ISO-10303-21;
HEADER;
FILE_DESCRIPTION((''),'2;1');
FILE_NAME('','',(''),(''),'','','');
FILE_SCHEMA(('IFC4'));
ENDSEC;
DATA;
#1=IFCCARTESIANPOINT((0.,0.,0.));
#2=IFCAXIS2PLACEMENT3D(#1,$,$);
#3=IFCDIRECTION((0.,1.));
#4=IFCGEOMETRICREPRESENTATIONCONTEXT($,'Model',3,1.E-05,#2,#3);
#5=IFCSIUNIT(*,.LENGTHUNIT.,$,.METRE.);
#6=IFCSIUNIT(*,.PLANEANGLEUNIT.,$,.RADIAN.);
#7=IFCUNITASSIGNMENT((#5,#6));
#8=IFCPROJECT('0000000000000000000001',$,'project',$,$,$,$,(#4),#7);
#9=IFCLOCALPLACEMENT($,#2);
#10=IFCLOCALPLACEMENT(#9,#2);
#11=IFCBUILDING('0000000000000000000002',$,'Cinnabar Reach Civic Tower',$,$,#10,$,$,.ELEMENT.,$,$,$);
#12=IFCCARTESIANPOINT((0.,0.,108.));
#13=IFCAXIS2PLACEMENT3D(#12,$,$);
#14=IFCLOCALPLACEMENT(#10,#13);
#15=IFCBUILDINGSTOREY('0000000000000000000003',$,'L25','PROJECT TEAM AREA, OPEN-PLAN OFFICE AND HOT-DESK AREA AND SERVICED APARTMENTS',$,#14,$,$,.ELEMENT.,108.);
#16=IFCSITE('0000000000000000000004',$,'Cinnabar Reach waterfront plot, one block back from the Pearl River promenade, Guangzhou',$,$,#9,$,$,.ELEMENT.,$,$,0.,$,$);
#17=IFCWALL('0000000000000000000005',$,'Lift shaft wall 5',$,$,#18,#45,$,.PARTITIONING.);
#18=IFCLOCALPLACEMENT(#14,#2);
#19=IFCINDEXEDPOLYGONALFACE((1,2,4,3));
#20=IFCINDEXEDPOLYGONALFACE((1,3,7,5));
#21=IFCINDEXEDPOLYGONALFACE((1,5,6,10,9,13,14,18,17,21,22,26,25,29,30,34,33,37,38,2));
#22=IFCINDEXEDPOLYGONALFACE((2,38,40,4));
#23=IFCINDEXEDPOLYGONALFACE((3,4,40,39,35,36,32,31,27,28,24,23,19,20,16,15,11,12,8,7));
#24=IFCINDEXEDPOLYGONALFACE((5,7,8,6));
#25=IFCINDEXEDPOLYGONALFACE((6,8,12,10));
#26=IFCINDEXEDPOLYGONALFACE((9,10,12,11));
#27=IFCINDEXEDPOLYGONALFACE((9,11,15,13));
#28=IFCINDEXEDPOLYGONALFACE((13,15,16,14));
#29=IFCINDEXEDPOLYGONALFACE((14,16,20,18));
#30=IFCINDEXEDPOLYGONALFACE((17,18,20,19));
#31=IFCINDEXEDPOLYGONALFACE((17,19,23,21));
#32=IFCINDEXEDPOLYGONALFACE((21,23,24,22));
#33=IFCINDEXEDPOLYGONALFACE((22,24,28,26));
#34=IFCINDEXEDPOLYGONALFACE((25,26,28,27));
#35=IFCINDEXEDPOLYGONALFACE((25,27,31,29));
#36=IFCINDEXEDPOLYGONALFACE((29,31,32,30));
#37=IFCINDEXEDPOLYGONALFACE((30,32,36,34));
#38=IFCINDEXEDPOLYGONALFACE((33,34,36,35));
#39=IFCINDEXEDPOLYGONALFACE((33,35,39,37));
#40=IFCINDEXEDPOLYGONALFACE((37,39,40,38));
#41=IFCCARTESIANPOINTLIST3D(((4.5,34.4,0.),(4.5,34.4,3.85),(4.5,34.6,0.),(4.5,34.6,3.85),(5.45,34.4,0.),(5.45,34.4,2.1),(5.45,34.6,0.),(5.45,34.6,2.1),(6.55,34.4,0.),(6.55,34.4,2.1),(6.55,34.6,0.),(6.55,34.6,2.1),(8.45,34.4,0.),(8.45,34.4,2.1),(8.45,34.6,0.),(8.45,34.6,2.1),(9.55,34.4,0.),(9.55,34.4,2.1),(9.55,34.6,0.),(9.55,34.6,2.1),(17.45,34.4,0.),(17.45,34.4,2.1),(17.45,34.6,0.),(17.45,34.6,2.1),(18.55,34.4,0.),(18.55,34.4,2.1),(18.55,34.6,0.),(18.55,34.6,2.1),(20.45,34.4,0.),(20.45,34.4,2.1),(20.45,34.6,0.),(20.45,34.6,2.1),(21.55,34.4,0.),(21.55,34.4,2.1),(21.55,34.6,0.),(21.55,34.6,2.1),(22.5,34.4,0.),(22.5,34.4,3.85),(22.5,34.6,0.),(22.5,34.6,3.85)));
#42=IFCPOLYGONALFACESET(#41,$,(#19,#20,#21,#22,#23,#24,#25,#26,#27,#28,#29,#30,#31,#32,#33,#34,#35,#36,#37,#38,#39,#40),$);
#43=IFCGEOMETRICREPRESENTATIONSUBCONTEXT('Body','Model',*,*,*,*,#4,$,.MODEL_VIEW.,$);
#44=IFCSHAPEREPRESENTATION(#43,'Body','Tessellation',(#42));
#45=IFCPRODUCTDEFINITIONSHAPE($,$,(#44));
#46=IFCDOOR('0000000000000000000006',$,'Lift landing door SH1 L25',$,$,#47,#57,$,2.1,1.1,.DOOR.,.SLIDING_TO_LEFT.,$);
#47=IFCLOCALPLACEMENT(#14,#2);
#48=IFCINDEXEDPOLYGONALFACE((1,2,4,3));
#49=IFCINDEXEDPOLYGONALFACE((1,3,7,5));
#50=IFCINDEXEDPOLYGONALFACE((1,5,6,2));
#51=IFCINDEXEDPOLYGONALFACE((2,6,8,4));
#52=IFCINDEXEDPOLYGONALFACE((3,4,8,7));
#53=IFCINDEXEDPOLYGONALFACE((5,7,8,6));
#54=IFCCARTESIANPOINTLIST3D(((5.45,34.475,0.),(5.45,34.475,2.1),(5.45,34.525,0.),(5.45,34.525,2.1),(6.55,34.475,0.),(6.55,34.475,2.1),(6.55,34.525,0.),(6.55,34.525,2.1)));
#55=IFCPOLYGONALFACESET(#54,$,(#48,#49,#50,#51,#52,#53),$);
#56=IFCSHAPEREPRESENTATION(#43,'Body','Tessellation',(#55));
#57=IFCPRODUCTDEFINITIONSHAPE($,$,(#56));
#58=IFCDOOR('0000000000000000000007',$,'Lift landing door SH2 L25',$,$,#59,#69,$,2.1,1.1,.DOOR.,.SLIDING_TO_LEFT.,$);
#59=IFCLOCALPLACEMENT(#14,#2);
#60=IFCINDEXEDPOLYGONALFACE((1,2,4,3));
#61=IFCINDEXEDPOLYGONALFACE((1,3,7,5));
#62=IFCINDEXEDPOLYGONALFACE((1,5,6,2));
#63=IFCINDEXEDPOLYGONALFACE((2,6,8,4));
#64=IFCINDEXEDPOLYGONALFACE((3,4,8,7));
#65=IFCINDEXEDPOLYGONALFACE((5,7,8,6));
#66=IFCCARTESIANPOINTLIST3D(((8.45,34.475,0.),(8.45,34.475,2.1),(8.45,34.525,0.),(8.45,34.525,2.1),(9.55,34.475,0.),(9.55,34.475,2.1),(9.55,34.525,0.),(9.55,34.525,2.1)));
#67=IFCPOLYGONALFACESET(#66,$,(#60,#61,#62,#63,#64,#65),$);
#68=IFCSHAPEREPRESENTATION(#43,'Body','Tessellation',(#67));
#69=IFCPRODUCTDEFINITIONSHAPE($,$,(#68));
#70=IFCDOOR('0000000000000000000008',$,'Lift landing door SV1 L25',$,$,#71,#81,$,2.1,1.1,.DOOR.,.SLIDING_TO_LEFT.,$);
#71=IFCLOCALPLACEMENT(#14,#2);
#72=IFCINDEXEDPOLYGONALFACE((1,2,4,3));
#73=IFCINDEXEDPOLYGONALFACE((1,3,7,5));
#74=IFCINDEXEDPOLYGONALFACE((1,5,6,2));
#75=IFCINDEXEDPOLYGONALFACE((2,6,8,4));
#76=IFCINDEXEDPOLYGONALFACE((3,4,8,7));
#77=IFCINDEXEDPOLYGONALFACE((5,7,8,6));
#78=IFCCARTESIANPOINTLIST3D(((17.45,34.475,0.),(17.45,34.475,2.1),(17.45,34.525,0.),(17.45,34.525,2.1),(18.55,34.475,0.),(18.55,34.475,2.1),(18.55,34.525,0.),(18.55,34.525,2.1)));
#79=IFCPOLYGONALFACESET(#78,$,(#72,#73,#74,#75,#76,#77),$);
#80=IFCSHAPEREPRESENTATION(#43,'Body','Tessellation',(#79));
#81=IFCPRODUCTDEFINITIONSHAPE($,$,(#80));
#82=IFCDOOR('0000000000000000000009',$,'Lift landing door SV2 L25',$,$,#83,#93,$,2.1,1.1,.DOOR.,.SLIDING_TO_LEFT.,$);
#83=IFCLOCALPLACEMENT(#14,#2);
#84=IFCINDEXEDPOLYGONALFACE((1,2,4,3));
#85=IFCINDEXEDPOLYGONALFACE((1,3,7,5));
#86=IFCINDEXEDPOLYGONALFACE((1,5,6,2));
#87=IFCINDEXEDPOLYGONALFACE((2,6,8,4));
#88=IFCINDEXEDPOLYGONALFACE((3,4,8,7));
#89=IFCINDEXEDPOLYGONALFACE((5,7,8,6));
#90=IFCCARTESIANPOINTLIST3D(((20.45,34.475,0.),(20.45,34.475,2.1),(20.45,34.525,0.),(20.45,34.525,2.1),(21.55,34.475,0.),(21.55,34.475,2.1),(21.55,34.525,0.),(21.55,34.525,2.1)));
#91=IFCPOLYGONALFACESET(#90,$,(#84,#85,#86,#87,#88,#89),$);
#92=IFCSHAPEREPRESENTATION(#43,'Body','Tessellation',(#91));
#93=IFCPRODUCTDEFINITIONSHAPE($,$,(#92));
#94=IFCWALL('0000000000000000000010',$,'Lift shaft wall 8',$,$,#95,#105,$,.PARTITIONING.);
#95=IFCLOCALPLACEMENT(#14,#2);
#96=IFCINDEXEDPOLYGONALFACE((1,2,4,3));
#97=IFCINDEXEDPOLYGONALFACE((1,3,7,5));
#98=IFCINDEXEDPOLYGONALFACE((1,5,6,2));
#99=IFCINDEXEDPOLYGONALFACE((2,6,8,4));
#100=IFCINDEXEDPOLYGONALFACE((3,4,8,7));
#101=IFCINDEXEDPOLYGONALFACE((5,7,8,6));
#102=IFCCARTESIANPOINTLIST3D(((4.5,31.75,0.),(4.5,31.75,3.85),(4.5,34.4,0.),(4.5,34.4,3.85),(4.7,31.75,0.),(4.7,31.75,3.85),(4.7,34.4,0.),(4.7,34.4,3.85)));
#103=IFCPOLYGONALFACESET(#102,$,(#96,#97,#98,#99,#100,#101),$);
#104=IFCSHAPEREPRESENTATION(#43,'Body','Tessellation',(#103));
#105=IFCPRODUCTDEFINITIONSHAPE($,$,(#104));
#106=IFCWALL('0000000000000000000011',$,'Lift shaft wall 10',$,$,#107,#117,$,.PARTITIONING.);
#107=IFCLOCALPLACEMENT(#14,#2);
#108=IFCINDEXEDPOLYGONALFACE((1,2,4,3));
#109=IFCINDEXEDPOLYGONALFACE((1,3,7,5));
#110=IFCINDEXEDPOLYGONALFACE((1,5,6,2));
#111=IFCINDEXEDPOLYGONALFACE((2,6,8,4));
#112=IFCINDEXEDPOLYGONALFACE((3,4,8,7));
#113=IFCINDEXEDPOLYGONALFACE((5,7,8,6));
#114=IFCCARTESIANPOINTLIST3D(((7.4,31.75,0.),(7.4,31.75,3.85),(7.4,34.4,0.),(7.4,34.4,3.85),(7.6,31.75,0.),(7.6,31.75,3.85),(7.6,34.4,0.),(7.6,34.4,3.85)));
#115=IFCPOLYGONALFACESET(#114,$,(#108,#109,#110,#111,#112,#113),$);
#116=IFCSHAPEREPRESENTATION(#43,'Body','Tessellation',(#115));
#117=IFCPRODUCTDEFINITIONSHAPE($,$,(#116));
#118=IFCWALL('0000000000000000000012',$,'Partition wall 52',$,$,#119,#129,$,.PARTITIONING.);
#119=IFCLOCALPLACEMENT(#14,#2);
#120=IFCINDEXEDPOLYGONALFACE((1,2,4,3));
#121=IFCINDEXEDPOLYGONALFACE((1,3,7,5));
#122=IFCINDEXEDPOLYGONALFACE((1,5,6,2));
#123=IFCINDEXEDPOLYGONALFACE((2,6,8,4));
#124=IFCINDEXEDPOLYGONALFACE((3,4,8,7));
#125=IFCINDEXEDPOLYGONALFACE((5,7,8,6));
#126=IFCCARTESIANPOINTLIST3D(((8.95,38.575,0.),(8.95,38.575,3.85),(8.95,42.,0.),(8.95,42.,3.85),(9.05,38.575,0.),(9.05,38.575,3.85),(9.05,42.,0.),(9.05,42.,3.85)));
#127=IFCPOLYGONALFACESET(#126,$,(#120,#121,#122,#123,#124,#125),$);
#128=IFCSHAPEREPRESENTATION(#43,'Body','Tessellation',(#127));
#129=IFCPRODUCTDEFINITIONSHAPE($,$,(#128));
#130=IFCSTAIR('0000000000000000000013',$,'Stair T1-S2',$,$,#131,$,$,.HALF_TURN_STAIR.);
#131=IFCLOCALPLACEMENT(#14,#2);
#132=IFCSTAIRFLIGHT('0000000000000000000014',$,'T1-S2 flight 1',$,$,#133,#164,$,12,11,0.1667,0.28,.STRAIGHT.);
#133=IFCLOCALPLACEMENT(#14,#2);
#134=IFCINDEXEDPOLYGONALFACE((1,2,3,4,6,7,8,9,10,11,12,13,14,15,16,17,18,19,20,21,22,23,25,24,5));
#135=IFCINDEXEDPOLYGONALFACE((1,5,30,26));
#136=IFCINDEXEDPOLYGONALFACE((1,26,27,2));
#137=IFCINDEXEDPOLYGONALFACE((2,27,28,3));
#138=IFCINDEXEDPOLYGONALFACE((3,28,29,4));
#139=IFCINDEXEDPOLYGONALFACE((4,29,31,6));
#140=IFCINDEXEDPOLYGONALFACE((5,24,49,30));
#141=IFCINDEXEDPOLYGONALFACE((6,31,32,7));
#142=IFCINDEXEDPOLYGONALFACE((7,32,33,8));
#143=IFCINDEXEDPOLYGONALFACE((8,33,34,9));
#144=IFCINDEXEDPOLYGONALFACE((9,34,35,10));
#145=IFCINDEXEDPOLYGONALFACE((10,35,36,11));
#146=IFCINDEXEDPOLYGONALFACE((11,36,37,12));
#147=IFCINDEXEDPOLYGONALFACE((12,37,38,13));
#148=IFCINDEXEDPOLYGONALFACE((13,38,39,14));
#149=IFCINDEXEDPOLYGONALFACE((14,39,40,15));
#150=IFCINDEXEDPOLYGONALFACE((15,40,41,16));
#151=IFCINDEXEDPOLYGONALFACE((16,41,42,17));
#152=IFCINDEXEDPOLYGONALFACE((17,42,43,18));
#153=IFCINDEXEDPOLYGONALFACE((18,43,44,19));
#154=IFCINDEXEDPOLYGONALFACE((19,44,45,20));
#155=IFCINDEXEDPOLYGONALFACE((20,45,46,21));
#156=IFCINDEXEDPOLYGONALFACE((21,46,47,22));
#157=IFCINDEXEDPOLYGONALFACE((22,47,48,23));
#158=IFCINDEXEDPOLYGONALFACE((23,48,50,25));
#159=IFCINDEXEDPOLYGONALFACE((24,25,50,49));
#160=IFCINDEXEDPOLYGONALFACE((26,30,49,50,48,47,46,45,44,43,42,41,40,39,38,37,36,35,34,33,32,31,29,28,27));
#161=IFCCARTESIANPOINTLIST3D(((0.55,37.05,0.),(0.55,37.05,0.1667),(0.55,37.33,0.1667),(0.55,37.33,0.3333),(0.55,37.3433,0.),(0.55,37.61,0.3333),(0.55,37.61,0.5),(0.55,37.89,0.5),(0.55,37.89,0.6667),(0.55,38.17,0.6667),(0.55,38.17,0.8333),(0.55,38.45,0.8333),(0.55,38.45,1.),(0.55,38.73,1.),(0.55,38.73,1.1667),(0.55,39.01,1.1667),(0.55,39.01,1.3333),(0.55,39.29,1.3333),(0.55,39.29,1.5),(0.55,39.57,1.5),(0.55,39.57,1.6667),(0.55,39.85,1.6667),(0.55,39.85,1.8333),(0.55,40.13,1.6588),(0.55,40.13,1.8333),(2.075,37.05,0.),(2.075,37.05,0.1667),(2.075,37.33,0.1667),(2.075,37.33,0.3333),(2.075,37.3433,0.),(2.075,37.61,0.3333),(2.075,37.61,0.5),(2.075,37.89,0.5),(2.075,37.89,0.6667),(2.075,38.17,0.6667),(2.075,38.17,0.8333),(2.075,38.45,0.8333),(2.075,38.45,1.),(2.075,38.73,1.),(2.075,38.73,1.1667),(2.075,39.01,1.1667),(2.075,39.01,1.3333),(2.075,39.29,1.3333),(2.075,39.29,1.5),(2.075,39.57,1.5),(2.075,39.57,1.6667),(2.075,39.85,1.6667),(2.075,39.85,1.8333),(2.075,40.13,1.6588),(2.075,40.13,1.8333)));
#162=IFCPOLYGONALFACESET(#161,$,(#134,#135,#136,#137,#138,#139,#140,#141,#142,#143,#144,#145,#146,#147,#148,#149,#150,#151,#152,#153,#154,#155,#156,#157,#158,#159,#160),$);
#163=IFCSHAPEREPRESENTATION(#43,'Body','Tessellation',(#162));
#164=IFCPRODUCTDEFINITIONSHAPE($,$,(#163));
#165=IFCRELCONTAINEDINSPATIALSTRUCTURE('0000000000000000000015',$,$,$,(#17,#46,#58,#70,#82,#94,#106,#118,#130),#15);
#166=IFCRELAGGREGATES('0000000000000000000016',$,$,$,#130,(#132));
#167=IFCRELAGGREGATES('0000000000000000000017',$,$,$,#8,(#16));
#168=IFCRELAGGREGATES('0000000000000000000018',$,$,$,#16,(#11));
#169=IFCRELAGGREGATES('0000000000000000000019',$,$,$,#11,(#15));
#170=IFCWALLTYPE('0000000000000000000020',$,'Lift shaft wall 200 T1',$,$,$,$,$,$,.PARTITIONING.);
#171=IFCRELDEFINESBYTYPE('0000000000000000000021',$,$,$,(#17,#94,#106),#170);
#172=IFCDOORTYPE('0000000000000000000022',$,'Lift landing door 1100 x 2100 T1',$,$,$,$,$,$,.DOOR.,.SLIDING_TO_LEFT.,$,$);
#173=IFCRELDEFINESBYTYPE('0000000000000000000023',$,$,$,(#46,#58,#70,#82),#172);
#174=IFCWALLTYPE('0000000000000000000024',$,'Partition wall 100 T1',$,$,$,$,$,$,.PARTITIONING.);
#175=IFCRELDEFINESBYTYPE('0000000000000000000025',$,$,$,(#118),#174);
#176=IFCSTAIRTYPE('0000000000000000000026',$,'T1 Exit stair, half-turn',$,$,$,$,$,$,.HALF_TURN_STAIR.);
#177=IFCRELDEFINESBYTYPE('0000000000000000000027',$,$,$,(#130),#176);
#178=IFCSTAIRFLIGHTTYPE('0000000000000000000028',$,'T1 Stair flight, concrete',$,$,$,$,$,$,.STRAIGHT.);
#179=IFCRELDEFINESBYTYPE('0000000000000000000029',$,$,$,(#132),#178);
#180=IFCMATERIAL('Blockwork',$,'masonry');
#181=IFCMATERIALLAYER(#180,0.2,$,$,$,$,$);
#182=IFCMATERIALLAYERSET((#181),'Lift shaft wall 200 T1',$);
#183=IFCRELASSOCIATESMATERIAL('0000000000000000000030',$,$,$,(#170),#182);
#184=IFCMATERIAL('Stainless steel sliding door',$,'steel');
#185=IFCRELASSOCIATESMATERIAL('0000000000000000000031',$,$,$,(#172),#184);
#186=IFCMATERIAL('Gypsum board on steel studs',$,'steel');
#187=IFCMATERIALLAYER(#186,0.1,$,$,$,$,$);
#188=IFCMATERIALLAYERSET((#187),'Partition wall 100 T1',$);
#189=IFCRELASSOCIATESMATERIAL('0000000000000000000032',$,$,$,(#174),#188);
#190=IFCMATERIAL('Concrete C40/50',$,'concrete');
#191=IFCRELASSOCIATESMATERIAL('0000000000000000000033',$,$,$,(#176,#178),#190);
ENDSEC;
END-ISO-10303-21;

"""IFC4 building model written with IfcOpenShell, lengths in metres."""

from ifc_helpers import new_model, si_unit, direction, frame, frame_2d, origin, place, context, subcontext, project, spatial, polyline, rectangle, outline, extrude, material, layer, layer_set, type_object, element, fill, aggregate, save


model = new_model("IFC4")

# Units and contexts
model_context = context("Model", 3, precision=1e-05, world=origin(), true_north=direction((0.0, 1.0)))
body_context = subcontext(model_context, "Body", "Model", "MODEL_VIEW")
ifc_project = project(units=[si_unit("LENGTHUNIT", "METRE"), si_unit("PLANEANGLEUNIT", "RADIAN")], contexts=[model_context])

# Site, building, storey
site_placement = place(None, origin())
site = spatial("IfcSite", under=ifc_project, at=site_placement, Name="Cinnabar Reach waterfront plot, one block back from the Pearl River promenade, Guangzhou", CompositionType="ELEMENT", RefElevation=0.0)
building_placement = place(site_placement, origin())
building = spatial("IfcBuilding", under=site, at=building_placement, Name="Cinnabar Reach Civic Tower", CompositionType="ELEMENT")
storey_placement = place(building_placement, frame((0.0, 0.0, 108.0)))
storey = spatial("IfcBuildingStorey", under=building, at=storey_placement, Name="L25", Description="PROJECT TEAM AREA, OPEN-PLAN OFFICE AND HOT-DESK AREA AND SERVICED APARTMENTS", CompositionType="ELEMENT", Elevation=108.0)

# Wall, openings, doors
ifc_material_1 = material(Name="Blockwork", Category="masonry")
ifc_layer_1 = layer(ifc_material_1, 0.2)
ifc_layer_set_1 = layer_set([ifc_layer_1], Name="Lift shaft wall 200 T1")
wall_type_1 = type_object("IfcWallType", Name="Lift shaft wall 200 T1", PredefinedType="PARTITIONING", material=ifc_layer_set_1)
wall_1_placement = place(storey_placement, frame((4.5, 34.5, 0.0), z_axis=(0.0, 0.0, 1.0), x_axis=(1.0, 0.0, 0.0)))
wall_1 = element("IfcWall", 1, at=wall_1_placement, inside=storey, type_object=wall_type_1, Name="Lift shaft wall 5", PredefinedType="PARTITIONING", context=body_context, shape_type="SweptSolid", body=[
    extrude(rectangle(XDim=18.0, YDim=0.2, at=frame_2d((9.0, 0.0))), origin(), (0.0, 0.0, 1.0), 3.85),
])
opening_1_placement = place(wall_1_placement, frame((0.95, 0.0, 0.0)))
opening_1 = element("IfcOpeningElement", 2, at=opening_1_placement, cuts=wall_1, PredefinedType="OPENING", context=body_context, shape_type="SweptSolid", body=[
    extrude(rectangle(XDim=1.1, YDim=2.1, at=frame_2d((0.55, 1.05))), frame((0.0, 0.11, 0.0), z_axis=(0.0, -1.0, 0.0), x_axis=(1.0, 0.0, 0.0)), (0.0, 0.0, 1.0), 0.22),
])
opening_2_placement = place(wall_1_placement, frame((3.95, 0.0, 0.0)))
opening_2 = element("IfcOpeningElement", 3, at=opening_2_placement, cuts=wall_1, PredefinedType="OPENING", context=body_context, shape_type="SweptSolid", body=[
    extrude(rectangle(XDim=1.1, YDim=2.1, at=frame_2d((0.55, 1.05))), frame((0.0, 0.11, 0.0), z_axis=(0.0, -1.0, 0.0), x_axis=(1.0, 0.0, 0.0)), (0.0, 0.0, 1.0), 0.22),
])
opening_3_placement = place(wall_1_placement, frame((12.95, 0.0, 0.0)))
opening_3 = element("IfcOpeningElement", 4, at=opening_3_placement, cuts=wall_1, PredefinedType="OPENING", context=body_context, shape_type="SweptSolid", body=[
    extrude(rectangle(XDim=1.1, YDim=2.1, at=frame_2d((0.55, 1.05))), frame((0.0, 0.11, 0.0), z_axis=(0.0, -1.0, 0.0), x_axis=(1.0, 0.0, 0.0)), (0.0, 0.0, 1.0), 0.22),
])
opening_4_placement = place(wall_1_placement, frame((15.95, 0.0, 0.0)))
opening_4 = element("IfcOpeningElement", 5, at=opening_4_placement, cuts=wall_1, PredefinedType="OPENING", context=body_context, shape_type="SweptSolid", body=[
    extrude(rectangle(XDim=1.1, YDim=2.1, at=frame_2d((0.55, 1.05))), frame((0.0, 0.11, 0.0), z_axis=(0.0, -1.0, 0.0), x_axis=(1.0, 0.0, 0.0)), (0.0, 0.0, 1.0), 0.22),
])
ifc_material_2 = material(Name="Stainless steel sliding door", Category="steel")
door_type_1 = type_object("IfcDoorType", Name="Lift landing door 1100 x 2100 T1", OperationType="SLIDING_TO_LEFT", PredefinedType="DOOR", material=ifc_material_2)
door_1_placement = place(opening_1_placement, origin())
door_1 = element("IfcDoor", 6, at=door_1_placement, inside=storey, type_object=door_type_1, Name="Lift landing door SH1 L25", OperationType="SLIDING_TO_LEFT", OverallHeight=2.1, OverallWidth=1.1, PredefinedType="DOOR", context=body_context, shape_type="SweptSolid", body=[
    extrude(rectangle(XDim=1.1, YDim=2.1, at=frame_2d((0.55, 1.05))), frame((0.0, 0.025, 0.0), z_axis=(0.0, -1.0, 0.0), x_axis=(1.0, 0.0, 0.0)), (0.0, 0.0, 1.0), 0.05),
])
fill(opening_1, door_1)
door_2_placement = place(opening_2_placement, origin())
door_2 = element("IfcDoor", 7, at=door_2_placement, inside=storey, type_object=door_type_1, Name="Lift landing door SH2 L25", OperationType="SLIDING_TO_LEFT", OverallHeight=2.1, OverallWidth=1.1, PredefinedType="DOOR", context=body_context, shape_type="SweptSolid", body=[
    extrude(rectangle(XDim=1.1, YDim=2.1, at=frame_2d((0.55, 1.05))), frame((0.0, 0.025, 0.0), z_axis=(0.0, -1.0, 0.0), x_axis=(1.0, 0.0, 0.0)), (0.0, 0.0, 1.0), 0.05),
])
fill(opening_2, door_2)
door_3_placement = place(opening_3_placement, origin())
door_3 = element("IfcDoor", 8, at=door_3_placement, inside=storey, type_object=door_type_1, Name="Lift landing door SV1 L25", OperationType="SLIDING_TO_LEFT", OverallHeight=2.1, OverallWidth=1.1, PredefinedType="DOOR", context=body_context, shape_type="SweptSolid", body=[
    extrude(rectangle(XDim=1.1, YDim=2.1, at=frame_2d((0.55, 1.05))), frame((0.0, 0.025, 0.0), z_axis=(0.0, -1.0, 0.0), x_axis=(1.0, 0.0, 0.0)), (0.0, 0.0, 1.0), 0.05),
])
fill(opening_3, door_3)
door_4_placement = place(opening_4_placement, origin())
door_4 = element("IfcDoor", 9, at=door_4_placement, inside=storey, type_object=door_type_1, Name="Lift landing door SV2 L25", OperationType="SLIDING_TO_LEFT", OverallHeight=2.1, OverallWidth=1.1, PredefinedType="DOOR", context=body_context, shape_type="SweptSolid", body=[
    extrude(rectangle(XDim=1.1, YDim=2.1, at=frame_2d((0.55, 1.05))), frame((0.0, 0.025, 0.0), z_axis=(0.0, -1.0, 0.0), x_axis=(1.0, 0.0, 0.0)), (0.0, 0.0, 1.0), 0.05),
])
fill(opening_4, door_4)

# Walls
for number, where, z_axis, x_axis, name in (
    (10, (4.6, 31.75, 0.0), (0.0, 0.0, 1.0), (0.0, 1.0, 0.0), "Lift shaft wall 8"),
    (11, (7.5, 31.75, 0.0), (0.0, 0.0, 1.0), (0.0, 1.0, 0.0), "Lift shaft wall 10"),
):
    element("IfcWall", number, at=place(storey_placement, frame(where, z_axis=z_axis, x_axis=x_axis)), inside=storey, type_object=wall_type_1, Name=name, PredefinedType="PARTITIONING", context=body_context, shape_type="SweptSolid", body=[
        extrude(rectangle(XDim=2.65, YDim=0.2, at=frame_2d((1.325, 0.0))), origin(), (0.0, 0.0, 1.0), 3.85),
    ])
ifc_material_3 = material(Name="Gypsum board on steel studs", Category="steel")
ifc_layer_2 = layer(ifc_material_3, 0.1)
ifc_layer_set_2 = layer_set([ifc_layer_2], Name="Partition wall 100 T1")
wall_type_2 = type_object("IfcWallType", Name="Partition wall 100 T1", PredefinedType="PARTITIONING", material=ifc_layer_set_2)
wall_2_placement = place(storey_placement, frame((9.0, 38.575, 0.0), z_axis=(0.0, 0.0, 1.0), x_axis=(0.0, 1.0, 0.0)))
element("IfcWall", 12, at=wall_2_placement, inside=storey, type_object=wall_type_2, Name="Partition wall 52", PredefinedType="PARTITIONING", context=body_context, shape_type="SweptSolid", body=[
    extrude(rectangle(XDim=3.425, YDim=0.1, at=frame_2d((1.7125, 0.0))), origin(), (0.0, 0.0, 1.0), 3.85),
])

# Stair, stair flight
ifc_material_4 = material(Name="Concrete C40/50", Category="concrete")
stair_type = type_object("IfcStairType", Name="T1 Exit stair, half-turn", PredefinedType="HALF_TURN_STAIR", material=ifc_material_4)
stair_placement = place(storey_placement, origin())
stair = element("IfcStair", 13, at=stair_placement, inside=storey, type_object=stair_type, Name="Stair T1-S2", PredefinedType="HALF_TURN_STAIR")
stair_flight_type = type_object("IfcStairFlightType", Name="T1 Stair flight, concrete", PredefinedType="STRAIGHT", material=ifc_material_4)
stair_flight_1_placement = place(storey_placement, frame((1.3125, 37.05, 0.0), z_axis=(0.0, 0.0, 1.0), x_axis=(0.0, 1.0, 0.0)))
stair_flight_1 = element("IfcStairFlight", 14, at=stair_flight_1_placement, type_object=stair_flight_type, Name="T1-S2 flight 1", NumberOfRisers=12, NumberOfTreads=11, PredefinedType="STRAIGHT", RiserHeight=0.1667, TreadLength=0.28, context=body_context, shape_type="SweptSolid", body=[
    extrude(outline(polyline([(0.0, 0.0), (0.0, 0.1667), (0.28, 0.1667), (0.28, 0.3333), (0.56, 0.3333), (0.56, 0.5), (0.84, 0.5), (0.84, 0.6667), (1.12, 0.6667), (1.12, 0.8333), (1.4, 0.8333), (1.4, 1.0), (1.68, 1.0), (1.68, 1.1667), (1.96, 1.1667), (1.96, 1.3333), (2.24, 1.3333), (2.24, 1.5), (2.52, 1.5), (2.52, 1.6667), (2.8, 1.6667), (2.8, 1.8333), (3.08, 1.8333), (3.08, 2.0), (3.08, 1.6588), (0.2933, 0.0), (0.0, 0.0)])), frame((0.0, 0.7625, 0.0), z_axis=(0.0, -1.0, 0.0), x_axis=(1.0, 0.0, 0.0)), (0.0, 0.0, 1.0), 1.525),
])
aggregate(stair, [stair_flight_1])

save(model, "model.ifc")
